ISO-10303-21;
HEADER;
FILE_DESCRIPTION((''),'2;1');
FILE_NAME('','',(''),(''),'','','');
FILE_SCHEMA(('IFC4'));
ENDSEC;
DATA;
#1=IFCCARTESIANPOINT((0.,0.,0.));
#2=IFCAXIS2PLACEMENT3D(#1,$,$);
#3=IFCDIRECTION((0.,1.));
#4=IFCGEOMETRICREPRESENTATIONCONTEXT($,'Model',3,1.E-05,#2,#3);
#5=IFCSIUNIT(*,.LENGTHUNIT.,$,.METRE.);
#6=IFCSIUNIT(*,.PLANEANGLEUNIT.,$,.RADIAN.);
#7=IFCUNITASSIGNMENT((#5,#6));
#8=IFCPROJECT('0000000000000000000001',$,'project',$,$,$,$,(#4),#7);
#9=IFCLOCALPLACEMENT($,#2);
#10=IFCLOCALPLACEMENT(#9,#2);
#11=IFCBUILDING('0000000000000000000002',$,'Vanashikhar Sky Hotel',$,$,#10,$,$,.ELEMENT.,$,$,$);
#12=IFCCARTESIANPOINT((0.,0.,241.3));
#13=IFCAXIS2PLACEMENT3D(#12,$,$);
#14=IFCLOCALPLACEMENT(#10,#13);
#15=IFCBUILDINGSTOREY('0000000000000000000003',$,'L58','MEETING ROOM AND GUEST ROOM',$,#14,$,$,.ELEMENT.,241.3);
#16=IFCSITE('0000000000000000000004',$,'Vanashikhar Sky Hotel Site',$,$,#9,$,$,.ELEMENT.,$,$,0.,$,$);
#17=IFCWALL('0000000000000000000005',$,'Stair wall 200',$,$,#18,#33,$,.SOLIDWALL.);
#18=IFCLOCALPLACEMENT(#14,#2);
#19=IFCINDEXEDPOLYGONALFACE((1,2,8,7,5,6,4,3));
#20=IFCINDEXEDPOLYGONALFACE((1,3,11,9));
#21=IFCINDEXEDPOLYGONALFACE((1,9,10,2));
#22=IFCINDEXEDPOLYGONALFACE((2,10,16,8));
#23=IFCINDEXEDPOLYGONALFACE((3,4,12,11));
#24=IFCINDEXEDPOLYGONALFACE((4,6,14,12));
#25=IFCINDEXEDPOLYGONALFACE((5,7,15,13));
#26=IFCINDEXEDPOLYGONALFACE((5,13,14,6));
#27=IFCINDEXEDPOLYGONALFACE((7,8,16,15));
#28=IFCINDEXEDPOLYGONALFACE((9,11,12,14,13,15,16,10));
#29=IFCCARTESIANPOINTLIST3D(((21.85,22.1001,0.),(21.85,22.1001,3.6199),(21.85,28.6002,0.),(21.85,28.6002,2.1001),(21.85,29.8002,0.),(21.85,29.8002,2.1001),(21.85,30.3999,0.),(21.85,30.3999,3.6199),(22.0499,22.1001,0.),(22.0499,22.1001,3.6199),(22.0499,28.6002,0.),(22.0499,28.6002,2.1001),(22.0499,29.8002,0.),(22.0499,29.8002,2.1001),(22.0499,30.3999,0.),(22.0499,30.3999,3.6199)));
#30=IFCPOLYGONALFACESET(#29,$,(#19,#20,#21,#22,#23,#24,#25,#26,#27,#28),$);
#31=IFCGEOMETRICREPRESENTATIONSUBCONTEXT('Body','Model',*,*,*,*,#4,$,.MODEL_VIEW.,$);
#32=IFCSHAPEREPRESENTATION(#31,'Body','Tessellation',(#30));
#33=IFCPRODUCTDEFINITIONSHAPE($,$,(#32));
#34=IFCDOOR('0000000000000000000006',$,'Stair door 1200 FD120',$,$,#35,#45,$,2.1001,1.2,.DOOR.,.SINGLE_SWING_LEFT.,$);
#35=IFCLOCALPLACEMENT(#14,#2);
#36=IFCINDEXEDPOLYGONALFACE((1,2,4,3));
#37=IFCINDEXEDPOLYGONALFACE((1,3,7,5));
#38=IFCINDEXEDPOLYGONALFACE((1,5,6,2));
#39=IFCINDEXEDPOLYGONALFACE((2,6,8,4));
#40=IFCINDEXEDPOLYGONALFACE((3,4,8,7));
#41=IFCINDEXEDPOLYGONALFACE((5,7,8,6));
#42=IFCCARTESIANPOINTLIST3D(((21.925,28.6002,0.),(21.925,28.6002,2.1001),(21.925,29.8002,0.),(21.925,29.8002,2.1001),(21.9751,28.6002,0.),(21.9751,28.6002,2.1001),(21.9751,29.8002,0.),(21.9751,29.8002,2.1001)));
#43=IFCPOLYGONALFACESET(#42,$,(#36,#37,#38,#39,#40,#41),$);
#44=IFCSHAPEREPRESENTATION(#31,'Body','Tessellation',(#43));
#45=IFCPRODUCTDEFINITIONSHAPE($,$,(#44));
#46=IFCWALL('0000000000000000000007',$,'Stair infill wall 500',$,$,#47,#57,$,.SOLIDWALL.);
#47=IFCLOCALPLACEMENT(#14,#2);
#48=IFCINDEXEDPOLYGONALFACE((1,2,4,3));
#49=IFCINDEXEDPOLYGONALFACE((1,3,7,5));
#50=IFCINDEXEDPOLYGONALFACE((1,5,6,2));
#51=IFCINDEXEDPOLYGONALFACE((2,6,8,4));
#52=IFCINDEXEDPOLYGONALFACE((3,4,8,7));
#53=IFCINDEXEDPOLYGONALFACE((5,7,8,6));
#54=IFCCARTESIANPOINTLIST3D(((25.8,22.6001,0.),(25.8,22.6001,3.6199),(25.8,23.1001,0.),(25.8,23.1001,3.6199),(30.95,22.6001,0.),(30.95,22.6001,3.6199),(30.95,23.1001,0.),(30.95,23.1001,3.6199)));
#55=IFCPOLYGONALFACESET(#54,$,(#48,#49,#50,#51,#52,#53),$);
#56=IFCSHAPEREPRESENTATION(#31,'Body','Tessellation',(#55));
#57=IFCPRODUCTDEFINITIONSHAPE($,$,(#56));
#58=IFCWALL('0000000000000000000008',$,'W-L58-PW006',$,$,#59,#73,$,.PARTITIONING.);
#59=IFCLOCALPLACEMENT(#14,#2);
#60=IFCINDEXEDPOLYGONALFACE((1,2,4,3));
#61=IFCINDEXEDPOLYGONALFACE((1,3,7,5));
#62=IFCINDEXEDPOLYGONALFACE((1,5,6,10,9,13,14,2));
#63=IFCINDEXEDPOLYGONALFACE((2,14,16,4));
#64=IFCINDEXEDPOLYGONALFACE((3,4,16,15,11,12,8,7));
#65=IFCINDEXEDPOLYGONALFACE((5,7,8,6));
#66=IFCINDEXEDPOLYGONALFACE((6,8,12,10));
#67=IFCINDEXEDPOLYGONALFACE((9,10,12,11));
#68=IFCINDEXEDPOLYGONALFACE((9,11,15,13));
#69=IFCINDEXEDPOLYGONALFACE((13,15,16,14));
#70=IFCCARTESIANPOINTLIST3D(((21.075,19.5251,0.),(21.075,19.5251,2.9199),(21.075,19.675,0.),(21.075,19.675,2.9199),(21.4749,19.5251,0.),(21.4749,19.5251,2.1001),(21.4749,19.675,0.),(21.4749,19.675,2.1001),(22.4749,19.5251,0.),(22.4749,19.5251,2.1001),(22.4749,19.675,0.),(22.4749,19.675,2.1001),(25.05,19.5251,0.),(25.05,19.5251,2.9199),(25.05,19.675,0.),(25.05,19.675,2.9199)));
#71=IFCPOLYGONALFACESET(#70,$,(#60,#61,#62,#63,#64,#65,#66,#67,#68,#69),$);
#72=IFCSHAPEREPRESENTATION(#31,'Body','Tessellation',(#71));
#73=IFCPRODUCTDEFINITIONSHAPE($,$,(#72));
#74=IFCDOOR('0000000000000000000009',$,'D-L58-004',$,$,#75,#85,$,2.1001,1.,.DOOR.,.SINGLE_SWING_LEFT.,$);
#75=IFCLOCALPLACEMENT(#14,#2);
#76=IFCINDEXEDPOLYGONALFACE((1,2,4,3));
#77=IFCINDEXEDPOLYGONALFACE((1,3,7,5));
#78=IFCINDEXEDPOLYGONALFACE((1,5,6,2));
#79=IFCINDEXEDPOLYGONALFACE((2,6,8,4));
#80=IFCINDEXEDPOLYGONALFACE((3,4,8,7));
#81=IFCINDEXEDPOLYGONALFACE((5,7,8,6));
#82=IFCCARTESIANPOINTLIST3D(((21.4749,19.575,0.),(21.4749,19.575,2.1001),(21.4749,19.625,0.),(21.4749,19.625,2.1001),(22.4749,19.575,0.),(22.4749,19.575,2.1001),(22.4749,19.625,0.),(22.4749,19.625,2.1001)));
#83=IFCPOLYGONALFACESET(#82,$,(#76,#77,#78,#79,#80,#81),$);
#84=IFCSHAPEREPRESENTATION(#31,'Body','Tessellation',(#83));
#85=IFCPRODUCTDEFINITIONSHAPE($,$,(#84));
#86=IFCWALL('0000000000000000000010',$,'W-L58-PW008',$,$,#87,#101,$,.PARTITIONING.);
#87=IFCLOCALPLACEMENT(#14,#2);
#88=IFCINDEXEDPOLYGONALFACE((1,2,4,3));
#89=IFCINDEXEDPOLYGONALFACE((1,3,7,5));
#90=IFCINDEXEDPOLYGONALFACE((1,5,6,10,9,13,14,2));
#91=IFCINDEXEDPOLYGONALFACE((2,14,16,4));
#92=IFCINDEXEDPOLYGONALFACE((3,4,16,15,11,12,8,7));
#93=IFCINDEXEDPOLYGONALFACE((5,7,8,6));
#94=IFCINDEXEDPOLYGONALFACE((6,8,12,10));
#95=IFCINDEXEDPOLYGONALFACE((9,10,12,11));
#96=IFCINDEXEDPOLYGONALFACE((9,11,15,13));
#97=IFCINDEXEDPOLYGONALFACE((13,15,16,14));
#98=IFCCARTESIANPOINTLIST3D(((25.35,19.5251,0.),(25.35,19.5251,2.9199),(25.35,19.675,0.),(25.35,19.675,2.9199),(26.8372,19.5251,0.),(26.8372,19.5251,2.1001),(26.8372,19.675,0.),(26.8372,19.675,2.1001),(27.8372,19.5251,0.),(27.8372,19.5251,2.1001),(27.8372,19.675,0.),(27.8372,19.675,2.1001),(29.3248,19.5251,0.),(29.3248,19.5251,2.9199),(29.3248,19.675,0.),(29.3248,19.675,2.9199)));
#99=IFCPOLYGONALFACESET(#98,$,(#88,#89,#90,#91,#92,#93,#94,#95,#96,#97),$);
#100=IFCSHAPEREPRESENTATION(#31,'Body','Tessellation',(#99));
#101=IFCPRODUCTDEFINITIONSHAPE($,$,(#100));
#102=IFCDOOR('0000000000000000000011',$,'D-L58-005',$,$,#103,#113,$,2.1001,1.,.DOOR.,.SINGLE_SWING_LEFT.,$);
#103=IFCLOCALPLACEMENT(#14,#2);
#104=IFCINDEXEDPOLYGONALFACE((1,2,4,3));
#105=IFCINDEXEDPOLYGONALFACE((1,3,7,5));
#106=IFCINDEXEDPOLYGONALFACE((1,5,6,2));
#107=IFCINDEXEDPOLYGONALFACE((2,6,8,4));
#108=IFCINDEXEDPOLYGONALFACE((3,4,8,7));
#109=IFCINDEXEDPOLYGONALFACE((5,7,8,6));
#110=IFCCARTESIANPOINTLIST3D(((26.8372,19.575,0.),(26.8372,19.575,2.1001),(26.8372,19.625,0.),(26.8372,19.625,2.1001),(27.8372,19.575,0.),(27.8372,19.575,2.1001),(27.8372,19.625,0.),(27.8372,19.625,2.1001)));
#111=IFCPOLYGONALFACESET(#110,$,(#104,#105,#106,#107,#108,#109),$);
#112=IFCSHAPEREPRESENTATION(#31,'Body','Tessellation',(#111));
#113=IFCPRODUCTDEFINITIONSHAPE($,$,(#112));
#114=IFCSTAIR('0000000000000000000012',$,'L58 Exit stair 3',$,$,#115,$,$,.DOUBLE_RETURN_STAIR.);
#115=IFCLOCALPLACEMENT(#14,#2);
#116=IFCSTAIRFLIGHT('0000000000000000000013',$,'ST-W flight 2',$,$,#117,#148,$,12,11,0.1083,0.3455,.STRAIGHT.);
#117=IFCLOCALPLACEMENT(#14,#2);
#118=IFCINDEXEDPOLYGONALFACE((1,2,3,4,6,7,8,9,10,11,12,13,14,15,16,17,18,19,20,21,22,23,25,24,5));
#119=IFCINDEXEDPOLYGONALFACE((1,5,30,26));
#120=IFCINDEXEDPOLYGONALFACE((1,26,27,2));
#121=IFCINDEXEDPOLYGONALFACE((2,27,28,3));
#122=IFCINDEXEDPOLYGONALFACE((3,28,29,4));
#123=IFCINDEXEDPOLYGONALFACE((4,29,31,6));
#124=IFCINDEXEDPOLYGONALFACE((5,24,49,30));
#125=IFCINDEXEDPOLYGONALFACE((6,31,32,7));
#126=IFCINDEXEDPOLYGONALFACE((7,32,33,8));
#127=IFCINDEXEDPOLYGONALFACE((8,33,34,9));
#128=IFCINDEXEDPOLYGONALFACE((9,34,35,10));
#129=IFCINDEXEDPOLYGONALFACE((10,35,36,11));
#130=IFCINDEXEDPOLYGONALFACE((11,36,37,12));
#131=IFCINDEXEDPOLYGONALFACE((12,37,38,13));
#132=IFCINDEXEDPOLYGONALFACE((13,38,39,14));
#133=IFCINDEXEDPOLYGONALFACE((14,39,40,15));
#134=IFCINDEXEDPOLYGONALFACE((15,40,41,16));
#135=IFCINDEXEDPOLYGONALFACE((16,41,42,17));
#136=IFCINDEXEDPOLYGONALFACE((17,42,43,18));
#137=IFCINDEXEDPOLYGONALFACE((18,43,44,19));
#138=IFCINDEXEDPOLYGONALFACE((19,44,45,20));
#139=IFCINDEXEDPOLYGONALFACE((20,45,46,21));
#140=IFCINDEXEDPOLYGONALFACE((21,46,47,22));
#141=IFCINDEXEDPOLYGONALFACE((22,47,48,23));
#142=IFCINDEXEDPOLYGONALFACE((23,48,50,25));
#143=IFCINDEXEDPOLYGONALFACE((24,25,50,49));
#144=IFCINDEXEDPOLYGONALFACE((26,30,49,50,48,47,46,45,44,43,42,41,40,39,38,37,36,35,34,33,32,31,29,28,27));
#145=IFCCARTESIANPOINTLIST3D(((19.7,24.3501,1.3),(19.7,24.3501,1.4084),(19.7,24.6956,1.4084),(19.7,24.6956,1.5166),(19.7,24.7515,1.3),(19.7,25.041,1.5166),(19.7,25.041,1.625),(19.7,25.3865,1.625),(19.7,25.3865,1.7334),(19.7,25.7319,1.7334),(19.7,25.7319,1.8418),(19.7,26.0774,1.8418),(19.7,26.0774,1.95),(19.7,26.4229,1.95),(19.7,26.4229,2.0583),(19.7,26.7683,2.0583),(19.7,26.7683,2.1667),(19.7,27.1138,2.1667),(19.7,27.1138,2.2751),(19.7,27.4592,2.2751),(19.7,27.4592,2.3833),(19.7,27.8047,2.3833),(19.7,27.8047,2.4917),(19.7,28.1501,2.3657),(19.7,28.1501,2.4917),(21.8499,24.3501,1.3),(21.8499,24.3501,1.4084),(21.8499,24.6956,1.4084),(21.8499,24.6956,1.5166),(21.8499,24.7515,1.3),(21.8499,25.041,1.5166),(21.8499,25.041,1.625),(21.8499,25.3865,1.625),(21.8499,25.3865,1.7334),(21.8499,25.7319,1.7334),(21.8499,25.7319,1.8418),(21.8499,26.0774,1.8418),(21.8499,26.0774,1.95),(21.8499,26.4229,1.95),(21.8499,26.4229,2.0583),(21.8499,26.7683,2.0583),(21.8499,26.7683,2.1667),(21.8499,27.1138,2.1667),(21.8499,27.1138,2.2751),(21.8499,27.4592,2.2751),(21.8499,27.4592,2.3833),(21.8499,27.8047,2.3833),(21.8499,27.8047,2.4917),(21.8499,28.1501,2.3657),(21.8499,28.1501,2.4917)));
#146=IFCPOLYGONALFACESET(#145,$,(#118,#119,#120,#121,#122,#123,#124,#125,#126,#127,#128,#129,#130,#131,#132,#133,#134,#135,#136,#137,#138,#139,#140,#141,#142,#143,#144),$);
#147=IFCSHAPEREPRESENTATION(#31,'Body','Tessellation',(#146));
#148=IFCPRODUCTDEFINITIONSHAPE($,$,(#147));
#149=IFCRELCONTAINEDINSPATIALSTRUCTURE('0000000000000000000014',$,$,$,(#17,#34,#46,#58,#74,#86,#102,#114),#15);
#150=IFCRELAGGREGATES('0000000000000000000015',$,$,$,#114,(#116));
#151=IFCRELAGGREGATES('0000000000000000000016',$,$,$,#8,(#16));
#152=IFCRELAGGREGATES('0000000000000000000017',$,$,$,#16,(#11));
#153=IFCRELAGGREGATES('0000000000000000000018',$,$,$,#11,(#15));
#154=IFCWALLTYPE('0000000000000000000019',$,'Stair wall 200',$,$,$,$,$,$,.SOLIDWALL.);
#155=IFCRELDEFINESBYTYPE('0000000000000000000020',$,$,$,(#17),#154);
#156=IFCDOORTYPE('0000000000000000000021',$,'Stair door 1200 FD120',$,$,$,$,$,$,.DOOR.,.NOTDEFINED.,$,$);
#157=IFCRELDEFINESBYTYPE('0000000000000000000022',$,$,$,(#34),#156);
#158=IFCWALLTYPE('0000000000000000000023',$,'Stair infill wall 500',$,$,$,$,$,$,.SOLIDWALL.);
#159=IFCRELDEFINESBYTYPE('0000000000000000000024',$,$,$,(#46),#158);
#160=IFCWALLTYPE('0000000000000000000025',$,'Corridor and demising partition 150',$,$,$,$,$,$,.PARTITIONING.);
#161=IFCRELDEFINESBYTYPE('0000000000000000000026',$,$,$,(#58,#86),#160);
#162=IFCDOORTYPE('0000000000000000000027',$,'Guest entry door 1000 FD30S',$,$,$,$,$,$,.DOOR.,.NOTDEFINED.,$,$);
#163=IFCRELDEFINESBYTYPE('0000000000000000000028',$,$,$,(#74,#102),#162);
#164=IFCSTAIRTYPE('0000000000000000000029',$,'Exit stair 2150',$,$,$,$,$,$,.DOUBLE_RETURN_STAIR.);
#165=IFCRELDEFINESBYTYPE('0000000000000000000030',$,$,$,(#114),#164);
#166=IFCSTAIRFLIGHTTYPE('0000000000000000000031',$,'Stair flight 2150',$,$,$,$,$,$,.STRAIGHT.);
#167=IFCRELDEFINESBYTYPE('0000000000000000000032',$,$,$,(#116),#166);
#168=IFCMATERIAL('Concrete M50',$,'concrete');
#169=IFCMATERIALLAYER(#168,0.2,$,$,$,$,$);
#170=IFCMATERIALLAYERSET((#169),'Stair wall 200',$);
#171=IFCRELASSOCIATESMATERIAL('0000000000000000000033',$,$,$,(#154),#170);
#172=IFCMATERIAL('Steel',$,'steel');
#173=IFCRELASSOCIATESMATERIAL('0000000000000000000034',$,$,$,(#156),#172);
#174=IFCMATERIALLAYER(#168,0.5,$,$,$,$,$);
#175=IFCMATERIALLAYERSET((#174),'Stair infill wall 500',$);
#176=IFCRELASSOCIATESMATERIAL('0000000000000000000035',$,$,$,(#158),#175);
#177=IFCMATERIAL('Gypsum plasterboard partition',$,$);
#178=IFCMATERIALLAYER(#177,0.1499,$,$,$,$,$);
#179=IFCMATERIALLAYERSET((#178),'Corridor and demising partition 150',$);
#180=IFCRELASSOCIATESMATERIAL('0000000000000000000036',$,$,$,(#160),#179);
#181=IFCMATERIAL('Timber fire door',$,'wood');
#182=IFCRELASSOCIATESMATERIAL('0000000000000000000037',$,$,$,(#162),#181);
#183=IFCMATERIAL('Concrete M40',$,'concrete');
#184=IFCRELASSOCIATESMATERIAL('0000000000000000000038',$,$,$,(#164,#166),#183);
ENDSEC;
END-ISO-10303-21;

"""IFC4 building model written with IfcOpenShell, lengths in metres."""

from ifc_helpers import new_model, si_unit, direction, frame, frame_2d, origin, place, context, subcontext, project, spatial, polyline, rectangle, outline, extrude, source, transform, mapped, material, layer, layer_set, type_object, element, fill, aggregate, save


model = new_model("IFC4")

# Units and contexts
model_context = context("Model", 3, precision=1e-05, world=origin(), true_north=direction((0.0, 1.0)))
body_context = subcontext(model_context, "Body", "Model", "MODEL_VIEW")
ifc_project = project(units=[si_unit("LENGTHUNIT", "METRE"), si_unit("PLANEANGLEUNIT", "RADIAN")], contexts=[model_context])

# Site, building, storey
site_placement = place(None, origin())
site = spatial("IfcSite", under=ifc_project, at=site_placement, Name="Vanashikhar Sky Hotel Site", CompositionType="ELEMENT", RefElevation=0.0)
building_placement = place(site_placement, origin())
building = spatial("IfcBuilding", under=site, at=building_placement, Name="Vanashikhar Sky Hotel", CompositionType="ELEMENT")
storey_placement = place(building_placement, frame((0.0, 0.0, 241.3)))
storey = spatial("IfcBuildingStorey", under=building, at=storey_placement, Name="L58", Description="MEETING ROOM AND GUEST ROOM", CompositionType="ELEMENT", Elevation=241.3)

# Shared definitions
ifc_material_1 = material(Name="Steel", Category="steel")

# Wall, opening, door
ifc_material_2 = material(Name="Concrete M50", Category="concrete")
ifc_layer_1 = layer(ifc_material_2, 0.2)
ifc_layer_set_1 = layer_set([ifc_layer_1], Name="Stair wall 200")
wall_type_1 = type_object("IfcWallType", Name="Stair wall 200", PredefinedType="SOLIDWALL", material=ifc_layer_set_1)
shared_shape_1 = source(origin(), body_context, "Body", "SweptSolid", [
    extrude(rectangle(XDim=8.2998, YDim=0.2, at=frame_2d((4.1499, 0.0))), origin(), (0.0, 0.0, 1.0), 3.6199),
])
wall_1_placement = place(storey_placement, frame((21.95, 22.1001, 0.0), z_axis=(0.0, 0.0, 1.0), x_axis=(0.0, 1.0, 0.0)))
wall_1 = element("IfcWall", 1, at=wall_1_placement, inside=storey, type_object=wall_type_1, Name="Stair wall 200", PredefinedType="SOLIDWALL", context=body_context, shape_type="MappedRepresentation", body=[
    mapped(shared_shape_1, transform((0.0, 0.0, 0.0), scale=1.0)),
])
shared_shape_2 = source(origin(), body_context, "Body", "SweptSolid", [
    extrude(rectangle(XDim=1.2, YDim=2.1001, at=frame_2d((0.6001, 1.05))), frame((0.0, 0.1099, 0.0), z_axis=(0.0, -1.0, 0.0), x_axis=(1.0, 0.0, 0.0)), (0.0, 0.0, 1.0), 0.22),
])
opening_1_placement = place(wall_1_placement, frame((6.5, 0.0, 0.0)))
opening_1 = element("IfcOpeningElement", 2, at=opening_1_placement, cuts=wall_1, PredefinedType="OPENING", context=body_context, shape_type="MappedRepresentation", body=[
    mapped(shared_shape_2, transform((0.0, 0.0, 0.0), scale=1.0)),
])
door_type_1 = type_object("IfcDoorType", Name="Stair door 1200 FD120", OperationType="NOTDEFINED", PredefinedType="DOOR", material=ifc_material_1)
shared_shape_3 = source(origin(), body_context, "Body", "SweptSolid", [
    extrude(rectangle(XDim=1.2, YDim=2.1001, at=frame_2d((0.6001, 1.05))), frame((0.0, 0.0249, 0.0), z_axis=(0.0, -1.0, 0.0), x_axis=(1.0, 0.0, 0.0)), (0.0, 0.0, 1.0), 0.05),
])
door_1_placement = place(opening_1_placement, origin())
door_1 = element("IfcDoor", 3, at=door_1_placement, inside=storey, type_object=door_type_1, Name="Stair door 1200 FD120", OperationType="SINGLE_SWING_LEFT", OverallHeight=2.1001, OverallWidth=1.2, PredefinedType="DOOR", context=body_context, shape_type="MappedRepresentation", body=[
    mapped(shared_shape_3, transform((0.0, 0.0, 0.0), scale=1.0)),
])
fill(opening_1, door_1)

# Wall
ifc_layer_2 = layer(ifc_material_2, 0.5)
ifc_layer_set_2 = layer_set([ifc_layer_2], Name="Stair infill wall 500")
wall_type_2 = type_object("IfcWallType", Name="Stair infill wall 500", PredefinedType="SOLIDWALL", material=ifc_layer_set_2)
shared_shape_4 = source(origin(), body_context, "Body", "SweptSolid", [
    extrude(rectangle(XDim=5.1499, YDim=0.5, at=frame_2d((2.575, 0.0))), origin(), (0.0, 0.0, 1.0), 3.6199),
])
wall_2_placement = place(storey_placement, frame((25.8, 22.8501, 0.0), z_axis=(0.0, 0.0, 1.0), x_axis=(1.0, 0.0, 0.0)))
element("IfcWall", 4, at=wall_2_placement, inside=storey, type_object=wall_type_2, Name="Stair infill wall 500", PredefinedType="SOLIDWALL", context=body_context, shape_type="MappedRepresentation", body=[
    mapped(shared_shape_4, transform((0.0, 0.0, 0.0), scale=1.0)),
])

# Walls, openings, doors
ifc_material_3 = material(Name="Gypsum plasterboard partition")
ifc_layer_3 = layer(ifc_material_3, 0.1499)
ifc_layer_set_3 = layer_set([ifc_layer_3], Name="Corridor and demising partition 150")
wall_type_3 = type_object("IfcWallType", Name="Corridor and demising partition 150", PredefinedType="PARTITIONING", material=ifc_layer_set_3)
shared_shape_5 = source(origin(), body_context, "Body", "SweptSolid", [
    extrude(rectangle(XDim=3.9751, YDim=0.1499, at=frame_2d((1.9875, 0.0))), origin(), (0.0, 0.0, 1.0), 2.9199),
])
wall_3_placement = place(storey_placement, frame((21.075, 19.6001, 0.0), z_axis=(0.0, 0.0, 1.0), x_axis=(1.0, 0.0, 0.0)))
wall_3 = element("IfcWall", 5, at=wall_3_placement, inside=storey, type_object=wall_type_3, Name="W-L58-PW006", PredefinedType="PARTITIONING", context=body_context, shape_type="MappedRepresentation", body=[
    mapped(shared_shape_5, transform((0.0, 0.0, 0.0), scale=1.0)),
])
shared_shape_6 = source(origin(), body_context, "Body", "SweptSolid", [
    extrude(rectangle(XDim=1.0, YDim=2.1001, at=frame_2d((0.5, 1.05))), frame((0.0, 0.085, 0.0), z_axis=(0.0, -1.0, 0.0), x_axis=(1.0, 0.0, 0.0)), (0.0, 0.0, 1.0), 0.1699),
])
opening_2_placement = place(wall_3_placement, frame((0.3999, 0.0, 0.0)))
opening_2 = element("IfcOpeningElement", 6, at=opening_2_placement, cuts=wall_3, PredefinedType="OPENING", context=body_context, shape_type="MappedRepresentation", body=[
    mapped(shared_shape_6, transform((0.0, 0.0, 0.0), scale=1.0)),
])
ifc_material_4 = material(Name="Timber fire door", Category="wood")
door_type_2 = type_object("IfcDoorType", Name="Guest entry door 1000 FD30S", OperationType="NOTDEFINED", PredefinedType="DOOR", material=ifc_material_4)
shared_shape_7 = source(origin(), body_context, "Body", "SweptSolid", [
    extrude(rectangle(XDim=1.0, YDim=2.1001, at=frame_2d((0.5, 1.05))), frame((0.0, 0.0249, 0.0), z_axis=(0.0, -1.0, 0.0), x_axis=(1.0, 0.0, 0.0)), (0.0, 0.0, 1.0), 0.05),
])
door_2_placement = place(opening_2_placement, origin())
door_2 = element("IfcDoor", 7, at=door_2_placement, inside=storey, type_object=door_type_2, Name="D-L58-004", OperationType="SINGLE_SWING_LEFT", OverallHeight=2.1001, OverallWidth=1.0, PredefinedType="DOOR", context=body_context, shape_type="MappedRepresentation", body=[
    mapped(shared_shape_7, transform((0.0, 0.0, 0.0), scale=1.0)),
])
fill(opening_2, door_2)
shared_shape_8 = source(origin(), body_context, "Body", "SweptSolid", [
    extrude(rectangle(XDim=3.9749, YDim=0.1499, at=frame_2d((1.9873, 0.0))), origin(), (0.0, 0.0, 1.0), 2.9199),
])
wall_4_placement = place(storey_placement, frame((25.3501, 19.6001, 0.0), z_axis=(0.0, 0.0, 1.0), x_axis=(1.0, 0.0, 0.0)))
wall_4 = element("IfcWall", 8, at=wall_4_placement, inside=storey, type_object=wall_type_3, Name="W-L58-PW008", PredefinedType="PARTITIONING", context=body_context, shape_type="MappedRepresentation", body=[
    mapped(shared_shape_8, transform((0.0, 0.0, 0.0), scale=1.0)),
])
opening_3_placement = place(wall_4_placement, frame((1.4871, 0.0, 0.0)))
opening_3 = element("IfcOpeningElement", 9, at=opening_3_placement, cuts=wall_4, PredefinedType="OPENING", context=body_context, shape_type="MappedRepresentation", body=[
    mapped(shared_shape_6, transform((0.0, 0.0, 0.0), scale=1.0)),
])
door_3_placement = place(opening_3_placement, origin())
door_3 = element("IfcDoor", 10, at=door_3_placement, inside=storey, type_object=door_type_2, Name="D-L58-005", OperationType="SINGLE_SWING_LEFT", OverallHeight=2.1001, OverallWidth=1.0, PredefinedType="DOOR", context=body_context, shape_type="MappedRepresentation", body=[
    mapped(shared_shape_7, transform((0.0, 0.0, 0.0), scale=1.0)),
])
fill(opening_3, door_3)

# Stair, stair flight
ifc_material_5 = material(Name="Concrete M40", Category="concrete")
stair_type = type_object("IfcStairType", Name="Exit stair 2150", PredefinedType="DOUBLE_RETURN_STAIR", material=ifc_material_5)
stair_placement = place(storey_placement, origin())
stair = element("IfcStair", 11, at=stair_placement, inside=storey, type_object=stair_type, Name="L58 Exit stair 3", PredefinedType="DOUBLE_RETURN_STAIR")
stair_flight_type = type_object("IfcStairFlightType", Name="Stair flight 2150", PredefinedType="STRAIGHT", material=ifc_material_5)
shared_shape_9 = source(origin(), body_context, "Body", "SweptSolid", [
    extrude(outline(polyline([(0.0, 0.0), (0.0, 0.1084), (0.3455, 0.1084), (0.3455, 0.2166), (0.6909, 0.2166), (0.6909, 0.325), (1.0364, 0.325), (1.0364, 0.4333), (1.3818, 0.4333), (1.3818, 0.5417), (1.7273, 0.5417), (1.7273, 0.6499), (2.0728, 0.6499), (2.0728, 0.7583), (2.4182, 0.7583), (2.4182, 0.8667), (2.7637, 0.8667), (2.7637, 0.9751), (3.1091, 0.9751), (3.1091, 1.0833), (3.4546, 1.0833), (3.4546, 1.1917), (3.8, 1.1917), (3.8, 1.3), (3.8, 1.0657), (0.4014, 0.0), (0.0, 0.0)])), frame((0.0, 1.075, 0.0), z_axis=(0.0, -1.0, 0.0), x_axis=(1.0, 0.0, 0.0)), (0.0, 0.0, 1.0), 2.1499),
])
stair_flight_placement = place(storey_placement, frame((20.7749, 24.3501, 1.3), z_axis=(0.0, 0.0, 1.0), x_axis=(0.0, 1.0, 0.0)))
stair_flight = element("IfcStairFlight", 12, at=stair_flight_placement, type_object=stair_flight_type, Name="ST-W flight 2", NumberOfRisers=12, NumberOfTreads=11, PredefinedType="STRAIGHT", RiserHeight=0.1083, TreadLength=0.3455, context=body_context, shape_type="MappedRepresentation", body=[
    mapped(shared_shape_9, transform((0.0, 0.0, 0.0), scale=1.0)),
])
aggregate(stair, [stair_flight])

save(model, "model.ifc")
